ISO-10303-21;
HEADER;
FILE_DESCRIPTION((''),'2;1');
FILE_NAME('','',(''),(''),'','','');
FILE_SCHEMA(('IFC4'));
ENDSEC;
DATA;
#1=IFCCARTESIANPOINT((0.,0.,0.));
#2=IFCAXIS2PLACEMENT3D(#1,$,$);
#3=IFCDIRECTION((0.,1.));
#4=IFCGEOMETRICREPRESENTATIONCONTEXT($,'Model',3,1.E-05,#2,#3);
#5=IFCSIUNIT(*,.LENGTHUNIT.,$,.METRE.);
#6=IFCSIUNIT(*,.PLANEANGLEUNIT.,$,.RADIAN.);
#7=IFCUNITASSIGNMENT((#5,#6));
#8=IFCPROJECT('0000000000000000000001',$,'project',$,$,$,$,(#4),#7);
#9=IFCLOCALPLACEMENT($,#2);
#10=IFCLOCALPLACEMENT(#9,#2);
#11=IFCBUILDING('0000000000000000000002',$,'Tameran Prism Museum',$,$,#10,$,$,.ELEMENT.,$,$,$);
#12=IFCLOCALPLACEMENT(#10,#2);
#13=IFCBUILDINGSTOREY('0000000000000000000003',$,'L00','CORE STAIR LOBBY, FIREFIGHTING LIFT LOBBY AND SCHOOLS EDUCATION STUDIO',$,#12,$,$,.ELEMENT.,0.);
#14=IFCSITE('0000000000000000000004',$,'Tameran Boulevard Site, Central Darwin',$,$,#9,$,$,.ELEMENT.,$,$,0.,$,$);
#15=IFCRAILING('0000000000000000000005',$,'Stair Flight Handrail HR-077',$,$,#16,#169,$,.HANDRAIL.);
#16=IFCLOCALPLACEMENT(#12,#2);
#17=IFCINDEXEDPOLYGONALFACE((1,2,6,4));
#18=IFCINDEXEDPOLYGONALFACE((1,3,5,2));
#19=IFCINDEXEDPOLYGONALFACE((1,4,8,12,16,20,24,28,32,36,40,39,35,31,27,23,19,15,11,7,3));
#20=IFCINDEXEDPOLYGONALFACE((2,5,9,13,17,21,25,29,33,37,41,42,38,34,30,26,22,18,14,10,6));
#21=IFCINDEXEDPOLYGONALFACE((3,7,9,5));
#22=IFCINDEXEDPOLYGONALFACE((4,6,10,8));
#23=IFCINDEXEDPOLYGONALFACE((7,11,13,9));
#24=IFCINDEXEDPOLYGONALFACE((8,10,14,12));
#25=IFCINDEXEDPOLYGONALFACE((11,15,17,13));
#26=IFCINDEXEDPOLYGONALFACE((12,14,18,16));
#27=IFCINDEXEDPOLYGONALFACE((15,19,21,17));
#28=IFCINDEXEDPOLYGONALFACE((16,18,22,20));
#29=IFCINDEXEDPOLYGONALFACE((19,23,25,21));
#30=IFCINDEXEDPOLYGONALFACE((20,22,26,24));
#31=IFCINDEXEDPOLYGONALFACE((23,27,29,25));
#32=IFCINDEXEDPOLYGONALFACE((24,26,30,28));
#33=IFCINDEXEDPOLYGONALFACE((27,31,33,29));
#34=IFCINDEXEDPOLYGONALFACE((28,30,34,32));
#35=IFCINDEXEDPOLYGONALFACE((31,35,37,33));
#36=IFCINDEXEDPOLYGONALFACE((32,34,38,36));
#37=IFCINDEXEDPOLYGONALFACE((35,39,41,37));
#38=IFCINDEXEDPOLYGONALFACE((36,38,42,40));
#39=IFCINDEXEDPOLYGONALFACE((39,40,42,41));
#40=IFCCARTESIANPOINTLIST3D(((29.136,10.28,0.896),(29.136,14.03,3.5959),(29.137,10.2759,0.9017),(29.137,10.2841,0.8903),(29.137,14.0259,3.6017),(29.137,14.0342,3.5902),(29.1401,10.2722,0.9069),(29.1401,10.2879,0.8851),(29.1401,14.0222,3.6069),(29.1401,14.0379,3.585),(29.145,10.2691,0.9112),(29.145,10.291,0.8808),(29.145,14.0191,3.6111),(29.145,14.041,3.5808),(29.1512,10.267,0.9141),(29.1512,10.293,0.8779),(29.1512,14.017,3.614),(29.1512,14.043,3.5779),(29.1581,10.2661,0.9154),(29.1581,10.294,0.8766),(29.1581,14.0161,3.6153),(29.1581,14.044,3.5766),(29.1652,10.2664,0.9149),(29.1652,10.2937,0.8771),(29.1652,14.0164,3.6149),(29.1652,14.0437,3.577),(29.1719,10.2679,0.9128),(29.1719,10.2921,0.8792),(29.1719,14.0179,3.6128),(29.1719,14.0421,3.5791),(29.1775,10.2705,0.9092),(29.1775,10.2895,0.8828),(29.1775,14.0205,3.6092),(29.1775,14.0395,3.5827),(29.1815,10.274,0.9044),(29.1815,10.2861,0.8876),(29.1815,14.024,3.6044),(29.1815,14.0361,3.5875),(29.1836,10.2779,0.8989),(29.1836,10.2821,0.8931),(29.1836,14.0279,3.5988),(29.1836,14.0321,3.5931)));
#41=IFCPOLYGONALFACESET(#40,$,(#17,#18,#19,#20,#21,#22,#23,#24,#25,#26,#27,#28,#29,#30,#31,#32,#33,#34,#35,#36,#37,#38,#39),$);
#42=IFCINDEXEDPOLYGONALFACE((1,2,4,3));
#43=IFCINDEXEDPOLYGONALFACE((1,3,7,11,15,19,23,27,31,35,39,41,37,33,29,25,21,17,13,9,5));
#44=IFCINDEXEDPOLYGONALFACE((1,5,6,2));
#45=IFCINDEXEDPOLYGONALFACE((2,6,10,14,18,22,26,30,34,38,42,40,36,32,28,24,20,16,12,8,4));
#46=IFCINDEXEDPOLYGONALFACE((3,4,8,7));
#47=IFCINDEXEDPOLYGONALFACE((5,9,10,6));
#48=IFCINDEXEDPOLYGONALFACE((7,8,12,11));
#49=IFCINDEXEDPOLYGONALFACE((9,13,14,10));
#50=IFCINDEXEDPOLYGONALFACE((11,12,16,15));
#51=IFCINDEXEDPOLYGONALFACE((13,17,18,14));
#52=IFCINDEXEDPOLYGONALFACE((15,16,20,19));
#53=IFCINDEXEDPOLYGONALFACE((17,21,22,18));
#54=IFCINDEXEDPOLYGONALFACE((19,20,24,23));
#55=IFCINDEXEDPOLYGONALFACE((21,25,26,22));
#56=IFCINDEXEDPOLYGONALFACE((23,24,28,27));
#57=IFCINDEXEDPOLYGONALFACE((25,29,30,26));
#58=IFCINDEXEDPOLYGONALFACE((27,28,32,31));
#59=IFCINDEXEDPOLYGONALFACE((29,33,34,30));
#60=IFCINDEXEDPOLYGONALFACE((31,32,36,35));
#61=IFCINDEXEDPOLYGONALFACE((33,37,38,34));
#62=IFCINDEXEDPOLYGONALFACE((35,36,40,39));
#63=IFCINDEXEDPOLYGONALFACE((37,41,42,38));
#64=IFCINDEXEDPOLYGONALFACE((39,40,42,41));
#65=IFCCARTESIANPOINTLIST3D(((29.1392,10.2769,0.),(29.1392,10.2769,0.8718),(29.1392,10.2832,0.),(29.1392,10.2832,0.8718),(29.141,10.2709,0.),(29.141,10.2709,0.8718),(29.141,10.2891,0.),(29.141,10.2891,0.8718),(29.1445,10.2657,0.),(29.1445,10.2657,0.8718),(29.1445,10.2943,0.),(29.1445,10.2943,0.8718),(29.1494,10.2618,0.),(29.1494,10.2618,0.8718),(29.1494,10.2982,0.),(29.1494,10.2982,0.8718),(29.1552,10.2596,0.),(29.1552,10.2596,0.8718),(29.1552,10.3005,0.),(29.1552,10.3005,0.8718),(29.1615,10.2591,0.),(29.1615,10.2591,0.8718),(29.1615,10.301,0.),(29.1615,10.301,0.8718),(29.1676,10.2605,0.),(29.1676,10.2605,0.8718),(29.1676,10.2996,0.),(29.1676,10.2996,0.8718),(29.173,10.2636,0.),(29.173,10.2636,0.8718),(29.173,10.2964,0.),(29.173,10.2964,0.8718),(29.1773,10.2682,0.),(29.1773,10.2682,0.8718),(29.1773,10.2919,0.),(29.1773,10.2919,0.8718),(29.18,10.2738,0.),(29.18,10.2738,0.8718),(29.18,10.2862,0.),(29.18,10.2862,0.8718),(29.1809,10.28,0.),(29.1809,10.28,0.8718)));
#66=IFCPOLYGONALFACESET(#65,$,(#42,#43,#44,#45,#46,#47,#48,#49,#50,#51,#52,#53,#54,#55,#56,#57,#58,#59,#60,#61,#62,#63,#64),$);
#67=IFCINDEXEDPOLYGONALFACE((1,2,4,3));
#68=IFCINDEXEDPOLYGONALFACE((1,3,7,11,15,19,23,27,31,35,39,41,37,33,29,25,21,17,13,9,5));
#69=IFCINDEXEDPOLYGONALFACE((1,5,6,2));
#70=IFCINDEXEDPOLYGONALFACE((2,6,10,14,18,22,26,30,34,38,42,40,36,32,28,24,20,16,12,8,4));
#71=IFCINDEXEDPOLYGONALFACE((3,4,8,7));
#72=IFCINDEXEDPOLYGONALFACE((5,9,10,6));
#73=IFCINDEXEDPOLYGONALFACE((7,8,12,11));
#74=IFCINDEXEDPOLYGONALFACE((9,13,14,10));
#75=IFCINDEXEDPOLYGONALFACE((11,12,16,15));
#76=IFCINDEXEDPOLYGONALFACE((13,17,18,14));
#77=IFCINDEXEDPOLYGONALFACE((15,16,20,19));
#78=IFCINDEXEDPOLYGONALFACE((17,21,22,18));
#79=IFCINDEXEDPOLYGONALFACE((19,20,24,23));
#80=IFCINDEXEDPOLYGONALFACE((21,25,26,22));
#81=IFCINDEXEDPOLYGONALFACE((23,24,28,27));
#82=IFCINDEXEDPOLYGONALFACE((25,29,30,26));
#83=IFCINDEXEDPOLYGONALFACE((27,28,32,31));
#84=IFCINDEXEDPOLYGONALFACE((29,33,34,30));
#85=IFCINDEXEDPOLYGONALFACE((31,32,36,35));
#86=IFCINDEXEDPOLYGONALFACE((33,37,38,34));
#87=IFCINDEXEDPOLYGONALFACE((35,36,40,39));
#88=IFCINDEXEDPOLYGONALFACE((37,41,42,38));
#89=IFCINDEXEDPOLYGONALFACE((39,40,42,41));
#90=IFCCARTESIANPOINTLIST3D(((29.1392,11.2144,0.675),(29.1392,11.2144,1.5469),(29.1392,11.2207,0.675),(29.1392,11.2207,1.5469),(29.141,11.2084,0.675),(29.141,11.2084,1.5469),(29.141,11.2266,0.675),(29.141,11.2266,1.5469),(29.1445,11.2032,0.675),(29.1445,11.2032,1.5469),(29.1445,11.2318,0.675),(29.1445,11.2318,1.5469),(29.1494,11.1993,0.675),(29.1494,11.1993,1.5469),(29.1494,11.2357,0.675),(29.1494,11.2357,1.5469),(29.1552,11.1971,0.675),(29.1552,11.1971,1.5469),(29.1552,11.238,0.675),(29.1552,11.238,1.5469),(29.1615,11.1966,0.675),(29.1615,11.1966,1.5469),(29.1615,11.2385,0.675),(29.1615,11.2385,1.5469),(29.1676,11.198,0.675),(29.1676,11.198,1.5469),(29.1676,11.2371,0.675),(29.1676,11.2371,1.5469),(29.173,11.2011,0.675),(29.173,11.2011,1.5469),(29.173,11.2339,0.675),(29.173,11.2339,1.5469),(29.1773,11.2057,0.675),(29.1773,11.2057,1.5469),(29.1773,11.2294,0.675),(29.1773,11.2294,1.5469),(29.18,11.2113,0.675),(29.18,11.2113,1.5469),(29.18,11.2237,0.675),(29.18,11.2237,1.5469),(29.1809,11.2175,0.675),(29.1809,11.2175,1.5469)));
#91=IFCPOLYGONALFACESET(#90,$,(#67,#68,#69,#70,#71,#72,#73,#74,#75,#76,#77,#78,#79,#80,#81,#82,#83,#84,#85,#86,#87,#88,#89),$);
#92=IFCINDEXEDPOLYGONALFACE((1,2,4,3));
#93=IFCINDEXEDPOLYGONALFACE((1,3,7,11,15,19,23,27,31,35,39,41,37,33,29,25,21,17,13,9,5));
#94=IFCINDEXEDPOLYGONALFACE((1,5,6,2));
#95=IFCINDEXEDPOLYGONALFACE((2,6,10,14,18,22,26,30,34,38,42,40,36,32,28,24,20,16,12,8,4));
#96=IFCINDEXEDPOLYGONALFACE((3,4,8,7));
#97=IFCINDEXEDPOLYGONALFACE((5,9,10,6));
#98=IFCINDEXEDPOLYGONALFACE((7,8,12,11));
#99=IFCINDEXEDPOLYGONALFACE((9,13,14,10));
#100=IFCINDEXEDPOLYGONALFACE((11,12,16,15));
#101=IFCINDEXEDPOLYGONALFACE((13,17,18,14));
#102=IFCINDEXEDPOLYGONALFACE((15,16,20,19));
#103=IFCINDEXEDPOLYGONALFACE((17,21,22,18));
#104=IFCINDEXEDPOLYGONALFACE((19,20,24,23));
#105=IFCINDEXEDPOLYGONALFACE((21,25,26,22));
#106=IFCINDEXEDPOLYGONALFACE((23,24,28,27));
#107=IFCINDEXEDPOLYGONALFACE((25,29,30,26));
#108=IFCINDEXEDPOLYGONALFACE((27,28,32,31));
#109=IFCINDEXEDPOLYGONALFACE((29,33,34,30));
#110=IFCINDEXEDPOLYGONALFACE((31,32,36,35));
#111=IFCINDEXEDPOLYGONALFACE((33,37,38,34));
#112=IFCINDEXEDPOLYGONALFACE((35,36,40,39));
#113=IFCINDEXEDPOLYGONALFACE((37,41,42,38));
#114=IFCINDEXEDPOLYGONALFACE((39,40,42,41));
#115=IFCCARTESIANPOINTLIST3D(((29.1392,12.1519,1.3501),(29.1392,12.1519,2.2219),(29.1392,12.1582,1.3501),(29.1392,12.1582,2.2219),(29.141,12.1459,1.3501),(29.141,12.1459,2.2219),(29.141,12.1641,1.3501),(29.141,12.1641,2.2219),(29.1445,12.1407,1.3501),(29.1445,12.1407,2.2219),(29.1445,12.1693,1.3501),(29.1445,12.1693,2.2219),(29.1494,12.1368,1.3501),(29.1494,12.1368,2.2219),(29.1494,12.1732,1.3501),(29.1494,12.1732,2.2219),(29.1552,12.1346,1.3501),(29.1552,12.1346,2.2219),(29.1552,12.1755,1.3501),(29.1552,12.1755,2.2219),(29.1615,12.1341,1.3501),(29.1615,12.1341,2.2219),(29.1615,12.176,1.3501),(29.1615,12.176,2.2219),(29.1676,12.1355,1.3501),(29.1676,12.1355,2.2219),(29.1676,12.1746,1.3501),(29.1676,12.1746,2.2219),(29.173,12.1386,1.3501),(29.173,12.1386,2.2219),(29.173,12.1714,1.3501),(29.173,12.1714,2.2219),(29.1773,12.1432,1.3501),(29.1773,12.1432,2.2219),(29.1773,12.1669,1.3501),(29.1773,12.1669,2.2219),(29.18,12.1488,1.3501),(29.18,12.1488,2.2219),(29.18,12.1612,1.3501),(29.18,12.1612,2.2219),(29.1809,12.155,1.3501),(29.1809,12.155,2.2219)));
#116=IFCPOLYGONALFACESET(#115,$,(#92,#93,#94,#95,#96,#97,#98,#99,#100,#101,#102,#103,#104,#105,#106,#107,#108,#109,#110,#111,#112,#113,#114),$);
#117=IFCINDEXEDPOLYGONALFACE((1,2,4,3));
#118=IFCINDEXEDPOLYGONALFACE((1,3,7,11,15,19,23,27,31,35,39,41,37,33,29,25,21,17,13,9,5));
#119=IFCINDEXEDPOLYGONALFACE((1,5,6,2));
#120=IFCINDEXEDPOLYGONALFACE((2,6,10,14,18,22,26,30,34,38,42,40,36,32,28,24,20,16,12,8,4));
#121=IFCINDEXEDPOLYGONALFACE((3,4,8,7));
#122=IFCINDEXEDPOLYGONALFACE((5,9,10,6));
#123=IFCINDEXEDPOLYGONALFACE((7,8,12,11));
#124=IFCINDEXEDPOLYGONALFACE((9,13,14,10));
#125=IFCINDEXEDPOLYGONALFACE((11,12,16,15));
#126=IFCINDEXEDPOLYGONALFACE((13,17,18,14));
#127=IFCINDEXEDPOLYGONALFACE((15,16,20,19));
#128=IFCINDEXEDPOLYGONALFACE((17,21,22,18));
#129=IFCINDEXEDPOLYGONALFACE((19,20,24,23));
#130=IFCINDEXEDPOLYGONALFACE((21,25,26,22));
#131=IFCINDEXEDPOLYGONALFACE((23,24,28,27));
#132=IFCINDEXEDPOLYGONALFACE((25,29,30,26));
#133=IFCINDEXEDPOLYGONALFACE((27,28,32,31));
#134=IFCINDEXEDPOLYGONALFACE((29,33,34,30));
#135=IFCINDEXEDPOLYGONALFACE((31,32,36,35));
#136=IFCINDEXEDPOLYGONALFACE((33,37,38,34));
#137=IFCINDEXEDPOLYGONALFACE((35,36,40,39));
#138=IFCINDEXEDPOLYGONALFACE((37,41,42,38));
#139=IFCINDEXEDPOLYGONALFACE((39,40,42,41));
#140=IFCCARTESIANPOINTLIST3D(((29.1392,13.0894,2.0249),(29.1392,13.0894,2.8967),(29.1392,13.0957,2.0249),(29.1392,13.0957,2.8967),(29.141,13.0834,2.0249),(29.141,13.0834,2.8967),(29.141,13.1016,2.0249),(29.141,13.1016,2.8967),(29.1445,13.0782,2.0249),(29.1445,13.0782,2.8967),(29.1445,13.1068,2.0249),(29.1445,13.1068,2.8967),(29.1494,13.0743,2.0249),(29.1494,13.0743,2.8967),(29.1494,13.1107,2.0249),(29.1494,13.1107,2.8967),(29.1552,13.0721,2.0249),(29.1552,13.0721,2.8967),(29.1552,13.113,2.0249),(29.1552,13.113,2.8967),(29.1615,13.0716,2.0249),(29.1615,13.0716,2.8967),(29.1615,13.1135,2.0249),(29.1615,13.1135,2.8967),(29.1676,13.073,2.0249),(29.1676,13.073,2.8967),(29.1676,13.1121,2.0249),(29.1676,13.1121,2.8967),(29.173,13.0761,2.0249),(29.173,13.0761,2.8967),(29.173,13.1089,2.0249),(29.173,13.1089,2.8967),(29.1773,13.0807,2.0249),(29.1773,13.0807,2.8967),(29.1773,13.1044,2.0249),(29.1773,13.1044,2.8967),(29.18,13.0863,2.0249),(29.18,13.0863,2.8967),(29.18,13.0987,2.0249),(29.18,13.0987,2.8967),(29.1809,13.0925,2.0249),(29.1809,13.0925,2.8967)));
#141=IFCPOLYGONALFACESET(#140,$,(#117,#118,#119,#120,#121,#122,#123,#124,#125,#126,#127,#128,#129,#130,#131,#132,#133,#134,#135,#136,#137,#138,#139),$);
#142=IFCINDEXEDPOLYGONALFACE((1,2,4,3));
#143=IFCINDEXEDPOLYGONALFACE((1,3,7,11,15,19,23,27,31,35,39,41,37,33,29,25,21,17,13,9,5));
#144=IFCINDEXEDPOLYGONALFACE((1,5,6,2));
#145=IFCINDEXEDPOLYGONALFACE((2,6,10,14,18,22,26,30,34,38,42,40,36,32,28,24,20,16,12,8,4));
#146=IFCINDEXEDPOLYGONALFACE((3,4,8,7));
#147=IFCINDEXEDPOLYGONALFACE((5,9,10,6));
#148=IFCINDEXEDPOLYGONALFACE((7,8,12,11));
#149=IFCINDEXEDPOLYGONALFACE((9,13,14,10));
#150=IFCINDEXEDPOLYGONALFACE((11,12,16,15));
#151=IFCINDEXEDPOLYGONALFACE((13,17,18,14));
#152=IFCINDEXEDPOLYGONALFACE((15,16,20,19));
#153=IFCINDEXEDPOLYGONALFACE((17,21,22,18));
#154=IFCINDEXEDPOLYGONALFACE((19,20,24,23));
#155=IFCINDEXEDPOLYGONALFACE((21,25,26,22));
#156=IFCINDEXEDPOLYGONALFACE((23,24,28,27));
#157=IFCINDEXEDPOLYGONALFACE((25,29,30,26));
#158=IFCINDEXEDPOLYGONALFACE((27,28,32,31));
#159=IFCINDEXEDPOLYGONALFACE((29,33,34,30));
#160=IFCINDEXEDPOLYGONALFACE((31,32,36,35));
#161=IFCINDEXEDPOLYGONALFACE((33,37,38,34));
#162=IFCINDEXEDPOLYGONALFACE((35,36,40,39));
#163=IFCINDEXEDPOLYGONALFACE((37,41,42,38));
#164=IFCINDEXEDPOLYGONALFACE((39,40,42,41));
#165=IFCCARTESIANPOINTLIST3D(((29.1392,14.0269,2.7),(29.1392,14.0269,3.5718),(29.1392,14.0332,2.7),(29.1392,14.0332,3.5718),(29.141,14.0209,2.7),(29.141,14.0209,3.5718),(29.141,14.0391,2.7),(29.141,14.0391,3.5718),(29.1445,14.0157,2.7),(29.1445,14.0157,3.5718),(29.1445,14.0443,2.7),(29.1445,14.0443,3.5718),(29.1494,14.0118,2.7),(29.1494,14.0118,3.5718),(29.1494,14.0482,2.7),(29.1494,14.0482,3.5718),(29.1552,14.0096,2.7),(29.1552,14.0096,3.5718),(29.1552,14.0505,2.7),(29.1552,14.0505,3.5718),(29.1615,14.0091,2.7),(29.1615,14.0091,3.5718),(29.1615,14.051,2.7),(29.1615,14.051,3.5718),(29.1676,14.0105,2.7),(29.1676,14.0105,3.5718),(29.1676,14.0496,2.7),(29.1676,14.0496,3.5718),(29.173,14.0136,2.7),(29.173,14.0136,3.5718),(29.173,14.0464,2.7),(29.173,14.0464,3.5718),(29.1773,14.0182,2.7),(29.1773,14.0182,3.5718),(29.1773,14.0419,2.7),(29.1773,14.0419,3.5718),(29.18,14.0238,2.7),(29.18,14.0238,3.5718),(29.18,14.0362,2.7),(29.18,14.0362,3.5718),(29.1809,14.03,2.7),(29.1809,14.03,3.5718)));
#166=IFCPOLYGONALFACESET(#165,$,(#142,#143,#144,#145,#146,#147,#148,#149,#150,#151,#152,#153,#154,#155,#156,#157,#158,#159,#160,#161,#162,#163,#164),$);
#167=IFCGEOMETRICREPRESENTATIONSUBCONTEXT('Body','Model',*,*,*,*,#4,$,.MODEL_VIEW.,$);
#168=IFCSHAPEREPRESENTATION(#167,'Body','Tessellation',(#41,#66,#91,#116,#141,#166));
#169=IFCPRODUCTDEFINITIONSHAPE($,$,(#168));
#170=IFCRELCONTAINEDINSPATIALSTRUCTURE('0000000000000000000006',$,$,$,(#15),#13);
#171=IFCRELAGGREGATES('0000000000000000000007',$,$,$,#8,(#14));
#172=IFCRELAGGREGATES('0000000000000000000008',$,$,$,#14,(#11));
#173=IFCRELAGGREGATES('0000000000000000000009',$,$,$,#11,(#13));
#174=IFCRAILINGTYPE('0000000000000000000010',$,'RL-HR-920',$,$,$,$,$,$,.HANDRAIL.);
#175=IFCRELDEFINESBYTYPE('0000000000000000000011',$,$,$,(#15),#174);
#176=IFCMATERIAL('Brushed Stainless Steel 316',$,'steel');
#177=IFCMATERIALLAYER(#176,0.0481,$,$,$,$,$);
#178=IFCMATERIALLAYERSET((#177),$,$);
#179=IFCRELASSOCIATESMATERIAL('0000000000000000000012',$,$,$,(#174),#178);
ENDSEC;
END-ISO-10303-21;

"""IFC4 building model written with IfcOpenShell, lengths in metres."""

from ifc_helpers import new_model, si_unit, direction, frame, origin, origin_2d, place, context, subcontext, project, spatial, circle, extrude, material, layer, layer_set, type_object, element, save


model = new_model("IFC4")

# Units and contexts
model_context = context("Model", 3, precision=1e-05, world=origin(), true_north=direction((0.0, 1.0)))
body_context = subcontext(model_context, "Body", "Model", "MODEL_VIEW")
ifc_project = project(units=[si_unit("LENGTHUNIT", "METRE"), si_unit("PLANEANGLEUNIT", "RADIAN")], contexts=[model_context])

# Site, building, storey
site_placement = place(None, origin())
site = spatial("IfcSite", under=ifc_project, at=site_placement, Name="Tameran Boulevard Site, Central Darwin", CompositionType="ELEMENT", RefElevation=0.0)
building_placement = place(site_placement, origin())
building = spatial("IfcBuilding", under=site, at=building_placement, Name="Tameran Prism Museum", CompositionType="ELEMENT")
storey_placement = place(building_placement, origin())
storey = spatial("IfcBuildingStorey", under=building, at=storey_placement, Name="L00", Description="CORE STAIR LOBBY, FIREFIGHTING LIFT LOBBY AND SCHOOLS EDUCATION STUDIO", CompositionType="ELEMENT", Elevation=0.0)

# Railing
ifc_material_1 = material(Name="Brushed Stainless Steel 316", Category="steel")
ifc_layer_1 = layer(ifc_material_1, 0.0481)
ifc_layer_set_1 = layer_set([ifc_layer_1])
railing_type_1 = type_object("IfcRailingType", Name="RL-HR-920", PredefinedType="HANDRAIL", material=ifc_layer_set_1)
railing_1_placement = place(storey_placement, frame((29.1599, 10.28, 0.0)))
element("IfcRailing", 1, at=railing_1_placement, inside=storey, type_object=railing_type_1, Name="Stair Flight Handrail HR-077", PredefinedType="HANDRAIL", context=body_context, shape_type="SweptSolid", body=[
    extrude(circle(Radius=0.0239, at=origin_2d()), frame((0.0, 0.0, 0.896), z_axis=(0.0, 0.811539, 0.584298), x_axis=(-1.0, 0.0, 0.0)), (0.0, 0.0, 1.0), 4.6208),
    extrude(circle(Radius=0.021, at=origin_2d()), origin(), (0.0, 0.0, 1.0), 0.8718),
    extrude(circle(Radius=0.021, at=origin_2d()), frame((0.0, 0.9375, 0.675)), (0.0, 0.0, 1.0), 0.8718),
    extrude(circle(Radius=0.021, at=origin_2d()), frame((0.0, 1.875, 1.3501)), (0.0, 0.0, 1.0), 0.8718),
    extrude(circle(Radius=0.021, at=origin_2d()), frame((0.0, 2.8125, 2.0249)), (0.0, 0.0, 1.0), 0.8718),
    extrude(circle(Radius=0.021, at=origin_2d()), frame((0.0, 3.75, 2.7)), (0.0, 0.0, 1.0), 0.8718),
])

save(model, "model.ifc")
